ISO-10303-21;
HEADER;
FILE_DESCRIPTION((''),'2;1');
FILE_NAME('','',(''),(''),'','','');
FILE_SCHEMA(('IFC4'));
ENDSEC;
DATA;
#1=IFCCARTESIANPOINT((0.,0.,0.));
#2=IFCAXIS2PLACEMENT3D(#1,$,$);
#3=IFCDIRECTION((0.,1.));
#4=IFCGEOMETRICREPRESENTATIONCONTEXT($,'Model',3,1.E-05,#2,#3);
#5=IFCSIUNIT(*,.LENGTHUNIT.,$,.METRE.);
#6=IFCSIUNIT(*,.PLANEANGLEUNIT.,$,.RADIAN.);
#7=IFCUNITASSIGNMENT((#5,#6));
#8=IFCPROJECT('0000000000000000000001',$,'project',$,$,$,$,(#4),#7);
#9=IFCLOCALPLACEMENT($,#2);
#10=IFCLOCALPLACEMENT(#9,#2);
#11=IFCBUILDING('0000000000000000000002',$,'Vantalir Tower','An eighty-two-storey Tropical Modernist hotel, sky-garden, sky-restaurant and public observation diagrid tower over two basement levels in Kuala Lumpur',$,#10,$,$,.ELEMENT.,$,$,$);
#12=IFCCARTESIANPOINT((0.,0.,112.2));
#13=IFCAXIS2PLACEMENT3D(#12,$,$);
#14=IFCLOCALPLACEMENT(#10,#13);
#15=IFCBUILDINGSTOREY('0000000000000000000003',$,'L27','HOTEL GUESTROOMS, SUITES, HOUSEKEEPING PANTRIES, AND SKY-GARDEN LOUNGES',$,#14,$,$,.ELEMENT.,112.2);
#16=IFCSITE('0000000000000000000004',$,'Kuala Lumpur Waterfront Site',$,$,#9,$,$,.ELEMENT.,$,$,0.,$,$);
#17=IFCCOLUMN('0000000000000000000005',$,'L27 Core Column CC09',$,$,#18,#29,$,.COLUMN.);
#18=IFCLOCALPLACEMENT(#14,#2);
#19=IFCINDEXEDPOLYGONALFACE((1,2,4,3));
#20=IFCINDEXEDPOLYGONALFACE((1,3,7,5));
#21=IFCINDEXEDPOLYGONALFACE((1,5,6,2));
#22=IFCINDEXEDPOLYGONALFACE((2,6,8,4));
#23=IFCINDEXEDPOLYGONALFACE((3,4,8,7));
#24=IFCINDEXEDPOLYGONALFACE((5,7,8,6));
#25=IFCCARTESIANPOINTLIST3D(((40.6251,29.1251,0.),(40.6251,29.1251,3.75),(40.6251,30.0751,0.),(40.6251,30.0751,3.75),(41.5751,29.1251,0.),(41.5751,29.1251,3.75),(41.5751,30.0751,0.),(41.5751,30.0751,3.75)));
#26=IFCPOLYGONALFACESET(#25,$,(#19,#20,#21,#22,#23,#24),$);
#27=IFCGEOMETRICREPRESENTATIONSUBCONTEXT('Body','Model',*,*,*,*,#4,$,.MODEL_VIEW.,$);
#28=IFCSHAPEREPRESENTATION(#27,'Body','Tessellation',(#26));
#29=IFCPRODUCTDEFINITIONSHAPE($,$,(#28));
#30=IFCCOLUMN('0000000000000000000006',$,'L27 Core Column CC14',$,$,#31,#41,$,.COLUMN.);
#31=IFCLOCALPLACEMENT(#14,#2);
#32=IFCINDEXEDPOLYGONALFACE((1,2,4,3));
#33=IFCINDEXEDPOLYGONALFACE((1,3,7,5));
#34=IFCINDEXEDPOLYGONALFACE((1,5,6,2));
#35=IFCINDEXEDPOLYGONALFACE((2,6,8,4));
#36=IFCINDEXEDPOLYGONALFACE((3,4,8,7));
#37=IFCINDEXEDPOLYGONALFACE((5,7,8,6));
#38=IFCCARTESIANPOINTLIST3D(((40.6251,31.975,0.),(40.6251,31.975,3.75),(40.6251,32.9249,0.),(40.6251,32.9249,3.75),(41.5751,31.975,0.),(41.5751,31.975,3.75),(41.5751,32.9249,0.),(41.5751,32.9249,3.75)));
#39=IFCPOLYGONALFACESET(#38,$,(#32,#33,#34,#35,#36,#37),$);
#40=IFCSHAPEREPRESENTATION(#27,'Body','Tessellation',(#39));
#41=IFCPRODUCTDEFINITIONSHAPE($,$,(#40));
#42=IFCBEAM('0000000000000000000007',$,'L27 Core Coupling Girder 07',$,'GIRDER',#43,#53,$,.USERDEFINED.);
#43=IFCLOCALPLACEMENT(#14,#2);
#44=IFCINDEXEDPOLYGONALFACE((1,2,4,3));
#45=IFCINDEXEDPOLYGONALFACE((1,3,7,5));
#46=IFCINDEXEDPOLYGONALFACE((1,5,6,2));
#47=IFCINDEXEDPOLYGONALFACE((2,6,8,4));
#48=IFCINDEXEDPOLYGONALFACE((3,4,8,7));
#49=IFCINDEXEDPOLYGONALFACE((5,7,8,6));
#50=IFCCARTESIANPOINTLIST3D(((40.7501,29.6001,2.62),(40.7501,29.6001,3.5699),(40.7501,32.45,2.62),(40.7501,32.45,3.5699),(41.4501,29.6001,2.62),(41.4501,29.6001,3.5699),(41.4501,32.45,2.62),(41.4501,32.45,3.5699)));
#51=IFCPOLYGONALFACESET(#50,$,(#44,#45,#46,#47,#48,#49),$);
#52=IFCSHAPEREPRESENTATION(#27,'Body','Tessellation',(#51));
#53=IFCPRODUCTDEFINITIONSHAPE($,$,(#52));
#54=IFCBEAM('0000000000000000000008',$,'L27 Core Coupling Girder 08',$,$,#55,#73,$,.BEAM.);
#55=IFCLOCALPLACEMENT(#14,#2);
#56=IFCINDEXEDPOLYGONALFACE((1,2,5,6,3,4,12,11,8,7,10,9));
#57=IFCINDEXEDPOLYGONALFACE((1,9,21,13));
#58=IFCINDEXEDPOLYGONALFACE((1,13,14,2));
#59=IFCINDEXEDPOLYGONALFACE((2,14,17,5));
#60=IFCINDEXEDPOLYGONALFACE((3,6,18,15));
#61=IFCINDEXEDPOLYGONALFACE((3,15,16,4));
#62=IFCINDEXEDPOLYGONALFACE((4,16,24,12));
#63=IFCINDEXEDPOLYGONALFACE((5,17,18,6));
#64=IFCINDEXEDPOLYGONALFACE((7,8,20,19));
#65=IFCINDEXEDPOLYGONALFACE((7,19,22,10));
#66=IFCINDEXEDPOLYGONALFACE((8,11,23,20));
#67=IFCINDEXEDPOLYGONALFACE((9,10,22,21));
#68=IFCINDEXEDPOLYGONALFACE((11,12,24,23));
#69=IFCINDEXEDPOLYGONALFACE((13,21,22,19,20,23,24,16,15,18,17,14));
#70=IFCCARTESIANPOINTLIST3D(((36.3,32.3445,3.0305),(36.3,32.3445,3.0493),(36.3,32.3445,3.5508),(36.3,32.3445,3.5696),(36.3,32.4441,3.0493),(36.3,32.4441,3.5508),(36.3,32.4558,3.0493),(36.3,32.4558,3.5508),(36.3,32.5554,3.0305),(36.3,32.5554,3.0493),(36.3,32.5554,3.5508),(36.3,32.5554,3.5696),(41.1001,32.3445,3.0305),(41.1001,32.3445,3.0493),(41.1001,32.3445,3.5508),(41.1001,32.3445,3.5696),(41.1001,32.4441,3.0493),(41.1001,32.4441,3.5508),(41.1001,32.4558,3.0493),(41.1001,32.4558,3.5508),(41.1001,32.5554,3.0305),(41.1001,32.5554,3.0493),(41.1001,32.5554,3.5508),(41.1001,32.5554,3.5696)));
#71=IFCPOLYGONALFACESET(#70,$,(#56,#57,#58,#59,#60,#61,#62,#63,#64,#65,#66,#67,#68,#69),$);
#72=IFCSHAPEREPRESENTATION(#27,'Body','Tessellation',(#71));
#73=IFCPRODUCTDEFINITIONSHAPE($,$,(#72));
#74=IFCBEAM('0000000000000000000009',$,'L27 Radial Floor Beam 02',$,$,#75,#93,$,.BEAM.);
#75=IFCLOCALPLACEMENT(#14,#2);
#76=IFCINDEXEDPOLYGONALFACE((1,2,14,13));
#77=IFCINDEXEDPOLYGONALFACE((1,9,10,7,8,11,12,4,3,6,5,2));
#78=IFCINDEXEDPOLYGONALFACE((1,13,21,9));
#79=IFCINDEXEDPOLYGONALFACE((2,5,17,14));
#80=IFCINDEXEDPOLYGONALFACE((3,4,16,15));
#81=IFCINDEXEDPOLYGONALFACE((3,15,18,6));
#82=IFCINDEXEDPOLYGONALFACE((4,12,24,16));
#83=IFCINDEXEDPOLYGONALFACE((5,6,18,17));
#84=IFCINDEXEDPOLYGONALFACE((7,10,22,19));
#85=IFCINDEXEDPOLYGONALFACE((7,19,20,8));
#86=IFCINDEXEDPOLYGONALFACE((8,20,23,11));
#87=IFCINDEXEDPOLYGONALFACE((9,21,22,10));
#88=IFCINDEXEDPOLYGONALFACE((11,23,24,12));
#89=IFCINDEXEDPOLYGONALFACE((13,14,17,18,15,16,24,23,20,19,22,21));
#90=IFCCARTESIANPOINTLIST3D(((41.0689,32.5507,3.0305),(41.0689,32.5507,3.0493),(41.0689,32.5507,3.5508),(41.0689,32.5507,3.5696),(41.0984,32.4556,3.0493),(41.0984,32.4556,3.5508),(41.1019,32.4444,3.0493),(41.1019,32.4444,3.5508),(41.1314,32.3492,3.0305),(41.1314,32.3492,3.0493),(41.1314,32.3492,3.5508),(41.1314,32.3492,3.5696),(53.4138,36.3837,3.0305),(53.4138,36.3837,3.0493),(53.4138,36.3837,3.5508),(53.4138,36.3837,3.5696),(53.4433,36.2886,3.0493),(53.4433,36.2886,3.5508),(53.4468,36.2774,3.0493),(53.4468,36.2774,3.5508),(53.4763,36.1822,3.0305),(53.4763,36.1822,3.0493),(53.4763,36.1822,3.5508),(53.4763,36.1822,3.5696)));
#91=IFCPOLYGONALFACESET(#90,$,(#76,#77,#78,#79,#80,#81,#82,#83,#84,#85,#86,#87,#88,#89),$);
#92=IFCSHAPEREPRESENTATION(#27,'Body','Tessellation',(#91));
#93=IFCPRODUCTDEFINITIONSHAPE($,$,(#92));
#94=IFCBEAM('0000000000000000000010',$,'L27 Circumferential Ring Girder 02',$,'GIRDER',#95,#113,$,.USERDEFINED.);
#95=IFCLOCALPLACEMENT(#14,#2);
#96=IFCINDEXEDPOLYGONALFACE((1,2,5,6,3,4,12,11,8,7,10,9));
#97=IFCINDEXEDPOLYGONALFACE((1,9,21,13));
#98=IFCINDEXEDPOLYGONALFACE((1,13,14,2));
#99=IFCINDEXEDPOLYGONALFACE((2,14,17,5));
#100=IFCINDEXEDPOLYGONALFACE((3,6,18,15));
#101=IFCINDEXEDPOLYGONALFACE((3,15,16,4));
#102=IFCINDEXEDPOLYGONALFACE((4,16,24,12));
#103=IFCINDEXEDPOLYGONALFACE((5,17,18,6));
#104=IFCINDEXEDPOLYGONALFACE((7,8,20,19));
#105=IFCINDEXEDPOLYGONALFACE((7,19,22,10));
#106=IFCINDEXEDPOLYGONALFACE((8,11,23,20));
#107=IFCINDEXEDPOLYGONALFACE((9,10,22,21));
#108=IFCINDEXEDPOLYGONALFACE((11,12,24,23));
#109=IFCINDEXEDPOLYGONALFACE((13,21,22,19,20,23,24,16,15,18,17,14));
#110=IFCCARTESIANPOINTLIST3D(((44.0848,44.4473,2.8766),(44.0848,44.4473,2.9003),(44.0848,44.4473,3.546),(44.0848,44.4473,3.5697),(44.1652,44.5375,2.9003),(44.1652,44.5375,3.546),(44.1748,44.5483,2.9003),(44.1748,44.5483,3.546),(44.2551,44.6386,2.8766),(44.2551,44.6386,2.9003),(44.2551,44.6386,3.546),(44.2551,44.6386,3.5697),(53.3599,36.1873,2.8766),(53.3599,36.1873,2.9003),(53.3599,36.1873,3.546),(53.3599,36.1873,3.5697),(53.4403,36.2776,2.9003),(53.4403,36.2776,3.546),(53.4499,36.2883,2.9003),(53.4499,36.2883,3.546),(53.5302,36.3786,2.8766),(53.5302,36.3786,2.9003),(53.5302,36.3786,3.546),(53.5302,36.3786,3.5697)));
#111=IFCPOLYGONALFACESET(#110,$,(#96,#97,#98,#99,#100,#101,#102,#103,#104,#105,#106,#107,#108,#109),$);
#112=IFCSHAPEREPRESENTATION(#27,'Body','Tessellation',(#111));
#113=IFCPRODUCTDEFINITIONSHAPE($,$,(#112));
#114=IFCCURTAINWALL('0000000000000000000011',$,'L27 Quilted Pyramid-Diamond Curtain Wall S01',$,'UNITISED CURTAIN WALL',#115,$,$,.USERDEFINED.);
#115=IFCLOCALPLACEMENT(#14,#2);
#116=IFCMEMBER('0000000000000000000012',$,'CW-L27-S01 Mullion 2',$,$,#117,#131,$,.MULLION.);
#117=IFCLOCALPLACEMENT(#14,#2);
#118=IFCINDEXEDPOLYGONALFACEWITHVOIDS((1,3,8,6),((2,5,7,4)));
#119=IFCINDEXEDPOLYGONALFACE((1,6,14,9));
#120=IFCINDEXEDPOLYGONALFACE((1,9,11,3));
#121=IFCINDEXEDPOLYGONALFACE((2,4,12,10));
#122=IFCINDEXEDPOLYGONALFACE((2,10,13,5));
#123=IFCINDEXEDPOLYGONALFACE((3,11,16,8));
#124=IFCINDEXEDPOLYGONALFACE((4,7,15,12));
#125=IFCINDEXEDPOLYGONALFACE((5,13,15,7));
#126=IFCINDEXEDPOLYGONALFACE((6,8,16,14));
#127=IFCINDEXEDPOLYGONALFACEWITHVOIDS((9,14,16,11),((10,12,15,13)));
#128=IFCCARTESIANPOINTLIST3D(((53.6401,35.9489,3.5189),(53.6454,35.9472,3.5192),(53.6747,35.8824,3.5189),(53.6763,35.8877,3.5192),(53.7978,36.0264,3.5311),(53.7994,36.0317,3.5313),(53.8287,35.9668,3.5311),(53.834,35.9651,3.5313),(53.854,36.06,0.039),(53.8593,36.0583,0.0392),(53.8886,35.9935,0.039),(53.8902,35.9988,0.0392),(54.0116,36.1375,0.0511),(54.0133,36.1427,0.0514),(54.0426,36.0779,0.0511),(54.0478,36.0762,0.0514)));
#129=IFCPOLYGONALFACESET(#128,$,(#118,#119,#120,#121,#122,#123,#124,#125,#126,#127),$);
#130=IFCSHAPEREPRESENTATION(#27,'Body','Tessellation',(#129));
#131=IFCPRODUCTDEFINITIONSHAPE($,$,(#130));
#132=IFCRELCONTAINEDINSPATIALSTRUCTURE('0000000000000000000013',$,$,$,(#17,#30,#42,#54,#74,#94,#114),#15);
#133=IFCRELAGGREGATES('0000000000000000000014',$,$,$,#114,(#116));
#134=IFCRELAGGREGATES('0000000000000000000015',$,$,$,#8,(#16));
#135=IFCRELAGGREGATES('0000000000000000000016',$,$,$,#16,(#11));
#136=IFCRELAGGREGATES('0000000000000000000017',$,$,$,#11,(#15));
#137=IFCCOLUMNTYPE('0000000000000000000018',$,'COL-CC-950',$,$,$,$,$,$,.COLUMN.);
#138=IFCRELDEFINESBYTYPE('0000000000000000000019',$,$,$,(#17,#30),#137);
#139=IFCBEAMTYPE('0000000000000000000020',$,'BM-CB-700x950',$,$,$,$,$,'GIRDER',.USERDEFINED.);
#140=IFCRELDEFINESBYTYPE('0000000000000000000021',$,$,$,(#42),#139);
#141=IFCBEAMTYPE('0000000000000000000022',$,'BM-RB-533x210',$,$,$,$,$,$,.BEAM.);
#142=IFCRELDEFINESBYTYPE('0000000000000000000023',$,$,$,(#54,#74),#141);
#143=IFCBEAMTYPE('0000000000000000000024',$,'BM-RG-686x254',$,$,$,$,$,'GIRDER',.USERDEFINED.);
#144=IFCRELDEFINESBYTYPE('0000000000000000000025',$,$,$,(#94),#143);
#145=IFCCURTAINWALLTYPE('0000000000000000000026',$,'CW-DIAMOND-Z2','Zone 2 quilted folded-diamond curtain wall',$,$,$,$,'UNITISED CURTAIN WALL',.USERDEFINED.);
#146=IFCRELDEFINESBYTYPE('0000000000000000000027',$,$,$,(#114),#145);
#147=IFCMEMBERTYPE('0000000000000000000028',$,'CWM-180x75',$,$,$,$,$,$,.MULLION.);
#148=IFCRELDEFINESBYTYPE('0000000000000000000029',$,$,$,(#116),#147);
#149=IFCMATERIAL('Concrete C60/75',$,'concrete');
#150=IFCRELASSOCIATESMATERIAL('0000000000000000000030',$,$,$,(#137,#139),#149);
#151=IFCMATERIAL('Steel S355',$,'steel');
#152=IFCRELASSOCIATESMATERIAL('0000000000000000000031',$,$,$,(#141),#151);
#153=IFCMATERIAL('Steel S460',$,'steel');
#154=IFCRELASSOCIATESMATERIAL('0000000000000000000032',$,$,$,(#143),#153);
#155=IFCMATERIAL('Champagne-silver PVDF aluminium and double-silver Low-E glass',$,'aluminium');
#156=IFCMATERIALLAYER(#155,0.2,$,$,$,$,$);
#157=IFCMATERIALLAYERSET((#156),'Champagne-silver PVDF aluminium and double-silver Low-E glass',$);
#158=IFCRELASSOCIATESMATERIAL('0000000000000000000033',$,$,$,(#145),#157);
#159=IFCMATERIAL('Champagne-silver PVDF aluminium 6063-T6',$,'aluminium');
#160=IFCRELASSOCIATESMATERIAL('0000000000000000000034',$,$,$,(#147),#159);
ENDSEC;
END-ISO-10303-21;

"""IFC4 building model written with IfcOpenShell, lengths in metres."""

from ifc_helpers import new_model, si_unit, direction, frame, origin, origin_2d, place, context, subcontext, project, spatial, rectangle, hollow_rectangle, i_section, extrude, material, layer, layer_set, material_profile, profile_set, type_object, element, aggregate, save


model = new_model("IFC4")

# Units and contexts
model_context = context("Model", 3, precision=1e-05, world=origin(), true_north=direction((0.0, 1.0)))
body_context = subcontext(model_context, "Body", "Model", "MODEL_VIEW")
ifc_project = project(units=[si_unit("LENGTHUNIT", "METRE"), si_unit("PLANEANGLEUNIT", "RADIAN")], contexts=[model_context])

# Site, building, storey
site_placement = place(None, origin())
site = spatial("IfcSite", under=ifc_project, at=site_placement, Name="Kuala Lumpur Waterfront Site", CompositionType="ELEMENT", RefElevation=0.0)
building_placement = place(site_placement, origin())
building = spatial("IfcBuilding", under=site, at=building_placement, Name="Vantalir Tower", Description="An eighty-two-storey Tropical Modernist hotel, sky-garden, sky-restaurant and public observation diagrid tower over two basement levels in Kuala Lumpur", CompositionType="ELEMENT")
storey_placement = place(building_placement, frame((0.0, 0.0, 112.2)))
storey = spatial("IfcBuildingStorey", under=building, at=storey_placement, Name="L27", Description="HOTEL GUESTROOMS, SUITES, HOUSEKEEPING PANTRIES, AND SKY-GARDEN LOUNGES", CompositionType="ELEMENT", Elevation=112.2)

# Columns
ifc_material_1 = material(Name="Concrete C60/75", Category="concrete")
ifc_material_profile_1 = material_profile(ifc_material_1, rectangle(XDim=0.95, YDim=0.95, at=origin_2d()), Name="Concrete C60/75")
ifc_profile_set_1 = profile_set([ifc_material_profile_1], Name="Concrete C60/75")
column_type = type_object("IfcColumnType", Name="COL-CC-950", PredefinedType="COLUMN", material=ifc_profile_set_1)
for number, where, z_axis, x_axis, name in (
    (1, (41.1001, 29.6001, 0.0), (0.0, 0.0, 1.0), (1.0, 0.0, 0.0), "L27 Core Column CC09"),
    (2, (41.1001, 32.45, 0.0), (0.0, 0.0, 1.0), (1.0, 0.0, 0.0), "L27 Core Column CC14"),
):
    element("IfcColumn", number, at=place(storey_placement, frame(where, z_axis=z_axis, x_axis=x_axis)), inside=storey, type_object=column_type, Name=name, PredefinedType="COLUMN", context=body_context, shape_type="SweptSolid", body=[
        extrude(rectangle(XDim=0.95, YDim=0.95, at=origin_2d()), origin(), (0.0, 0.0, 1.0), 3.75),
    ])

# Beams
ifc_material_profile_2 = material_profile(ifc_material_1, rectangle(XDim=0.7, YDim=0.95, at=origin_2d()), Name="Concrete C60/75")
ifc_profile_set_2 = profile_set([ifc_material_profile_2], Name="Concrete C60/75")
beam_type_1 = type_object("IfcBeamType", Name="BM-CB-700x950", ElementType="GIRDER", PredefinedType="USERDEFINED", material=ifc_profile_set_2)
beam_1_placement = place(storey_placement, frame((41.1001, 29.6001, 3.095), z_axis=(0.0, 1.0, 0.0), x_axis=(-1.0, 0.0, 0.0)))
element("IfcBeam", 3, at=beam_1_placement, inside=storey, type_object=beam_type_1, Name="L27 Core Coupling Girder 07", ObjectType="GIRDER", PredefinedType="USERDEFINED", context=body_context, shape_type="SweptSolid", body=[
    extrude(rectangle(XDim=0.7, YDim=0.95, at=origin_2d()), origin(), (0.0, 0.0, 1.0), 2.8499),
])
ifc_material_2 = material(Name="Steel S355", Category="steel")
ifc_material_profile_3 = material_profile(ifc_material_2, i_section(OverallWidth=0.2109, OverallDepth=0.5391, WebThickness=0.0117, FlangeThickness=0.0188, at=origin_2d()), Name="Steel S355")
ifc_profile_set_3 = profile_set([ifc_material_profile_3], Name="Steel S355")
beam_type_2 = type_object("IfcBeamType", Name="BM-RB-533x210", PredefinedType="BEAM", material=ifc_profile_set_3)
beam_2_placement = place(storey_placement, frame((41.1001, 32.45, 3.3), z_axis=(-1.0, 0.0, 0.0), x_axis=(0.0, -1.0, 0.0)))
element("IfcBeam", 4, at=beam_2_placement, inside=storey, type_object=beam_type_2, Name="L27 Core Coupling Girder 08", PredefinedType="BEAM", context=body_context, shape_type="SweptSolid", body=[
    extrude(i_section(OverallWidth=0.2109, OverallDepth=0.5391, WebThickness=0.0117, FlangeThickness=0.0188, at=origin_2d()), origin(), (0.0, 0.0, 1.0), 4.8),
])
beam_3_placement = place(storey_placement, frame((53.4451, 36.283, 3.3), z_axis=(-0.955024, -0.296527, 0.0), x_axis=(0.296527, -0.955024, 0.0)))
element("IfcBeam", 5, at=beam_3_placement, inside=storey, type_object=beam_type_2, Name="L27 Radial Floor Beam 02", PredefinedType="BEAM", context=body_context, shape_type="SweptSolid", body=[
    extrude(i_section(OverallWidth=0.2109, OverallDepth=0.5391, WebThickness=0.0117, FlangeThickness=0.0188, at=origin_2d()), origin(), (0.0, 0.0, 1.0), 12.9263),
])
ifc_material_3 = material(Name="Steel S460", Category="steel")
ifc_material_profile_4 = material_profile(ifc_material_3, i_section(OverallWidth=0.2561, OverallDepth=0.6931, WebThickness=0.0144, FlangeThickness=0.0237, at=origin_2d()), Name="Steel S460")
ifc_profile_set_4 = profile_set([ifc_material_profile_4], Name="Steel S460")
beam_type_3 = type_object("IfcBeamType", Name="BM-RG-686x254", ElementType="GIRDER", PredefinedType="USERDEFINED", material=ifc_profile_set_4)
beam_4_placement = place(storey_placement, frame((53.4451, 36.283, 3.2231), z_axis=(-0.746792, 0.665058, 0.0), x_axis=(-0.665058, -0.746792, 0.0)))
element("IfcBeam", 6, at=beam_4_placement, inside=storey, type_object=beam_type_3, Name="L27 Circumferential Ring Girder 02", ObjectType="GIRDER", PredefinedType="USERDEFINED", context=body_context, shape_type="SweptSolid", body=[
    extrude(i_section(OverallWidth=0.2561, OverallDepth=0.6931, WebThickness=0.0144, FlangeThickness=0.0237, at=origin_2d()), origin(), (0.0, 0.0, 1.0), 12.4199),
])

# Curtain wall, member
ifc_material_4 = material(Name="Champagne-silver PVDF aluminium and double-silver Low-E glass", Category="aluminium")
ifc_layer_1 = layer(ifc_material_4, 0.2)
ifc_layer_set_1 = layer_set([ifc_layer_1], Name="Champagne-silver PVDF aluminium and double-silver Low-E glass")
curtain_wall_type = type_object("IfcCurtainWallType", Name="CW-DIAMOND-Z2", Description="Zone 2 quilted folded-diamond curtain wall", ElementType="UNITISED CURTAIN WALL", PredefinedType="USERDEFINED", material=ifc_layer_set_1)
curtain_wall_placement = place(storey_placement, origin())
curtain_wall = element("IfcCurtainWall", 7, at=curtain_wall_placement, inside=storey, type_object=curtain_wall_type, Name="L27 Quilted Pyramid-Diamond Curtain Wall S01", ObjectType="UNITISED CURTAIN WALL", PredefinedType="USERDEFINED")
ifc_material_5 = material(Name="Champagne-silver PVDF aluminium 6063-T6", Category="aluminium")
ifc_material_profile_5 = material_profile(ifc_material_5, hollow_rectangle(XDim=0.075, YDim=0.1799, WallThickness=0.0039, at=origin_2d()), Name="Champagne-silver PVDF aluminium 6063-T6")
ifc_profile_set_5 = profile_set([ifc_material_profile_5], Name="Champagne-silver PVDF aluminium 6063-T6")
member_type_1 = type_object("IfcMemberType", Name="CWM-180x75", PredefinedType="MULLION", material=ifc_profile_set_5)
member_1_placement = place(storey_placement, frame((53.9509, 36.0681, 0.0452), z_axis=(-0.06131, -0.031845, 0.997611), x_axis=(0.460938, -0.887432, 0.0)))
member_1 = element("IfcMember", 8, at=member_1_placement, type_object=member_type_1, Name="CW-L27-S01 Mullion 2", PredefinedType="MULLION", context=body_context, shape_type="SweptSolid", body=[
    extrude(hollow_rectangle(XDim=0.075, YDim=0.1799, WallThickness=0.0039, at=origin_2d()), origin(), (0.0, 0.0, 1.0), 3.4883),
])

aggregate(curtain_wall, [member_1])

save(model, "model.ifc")
